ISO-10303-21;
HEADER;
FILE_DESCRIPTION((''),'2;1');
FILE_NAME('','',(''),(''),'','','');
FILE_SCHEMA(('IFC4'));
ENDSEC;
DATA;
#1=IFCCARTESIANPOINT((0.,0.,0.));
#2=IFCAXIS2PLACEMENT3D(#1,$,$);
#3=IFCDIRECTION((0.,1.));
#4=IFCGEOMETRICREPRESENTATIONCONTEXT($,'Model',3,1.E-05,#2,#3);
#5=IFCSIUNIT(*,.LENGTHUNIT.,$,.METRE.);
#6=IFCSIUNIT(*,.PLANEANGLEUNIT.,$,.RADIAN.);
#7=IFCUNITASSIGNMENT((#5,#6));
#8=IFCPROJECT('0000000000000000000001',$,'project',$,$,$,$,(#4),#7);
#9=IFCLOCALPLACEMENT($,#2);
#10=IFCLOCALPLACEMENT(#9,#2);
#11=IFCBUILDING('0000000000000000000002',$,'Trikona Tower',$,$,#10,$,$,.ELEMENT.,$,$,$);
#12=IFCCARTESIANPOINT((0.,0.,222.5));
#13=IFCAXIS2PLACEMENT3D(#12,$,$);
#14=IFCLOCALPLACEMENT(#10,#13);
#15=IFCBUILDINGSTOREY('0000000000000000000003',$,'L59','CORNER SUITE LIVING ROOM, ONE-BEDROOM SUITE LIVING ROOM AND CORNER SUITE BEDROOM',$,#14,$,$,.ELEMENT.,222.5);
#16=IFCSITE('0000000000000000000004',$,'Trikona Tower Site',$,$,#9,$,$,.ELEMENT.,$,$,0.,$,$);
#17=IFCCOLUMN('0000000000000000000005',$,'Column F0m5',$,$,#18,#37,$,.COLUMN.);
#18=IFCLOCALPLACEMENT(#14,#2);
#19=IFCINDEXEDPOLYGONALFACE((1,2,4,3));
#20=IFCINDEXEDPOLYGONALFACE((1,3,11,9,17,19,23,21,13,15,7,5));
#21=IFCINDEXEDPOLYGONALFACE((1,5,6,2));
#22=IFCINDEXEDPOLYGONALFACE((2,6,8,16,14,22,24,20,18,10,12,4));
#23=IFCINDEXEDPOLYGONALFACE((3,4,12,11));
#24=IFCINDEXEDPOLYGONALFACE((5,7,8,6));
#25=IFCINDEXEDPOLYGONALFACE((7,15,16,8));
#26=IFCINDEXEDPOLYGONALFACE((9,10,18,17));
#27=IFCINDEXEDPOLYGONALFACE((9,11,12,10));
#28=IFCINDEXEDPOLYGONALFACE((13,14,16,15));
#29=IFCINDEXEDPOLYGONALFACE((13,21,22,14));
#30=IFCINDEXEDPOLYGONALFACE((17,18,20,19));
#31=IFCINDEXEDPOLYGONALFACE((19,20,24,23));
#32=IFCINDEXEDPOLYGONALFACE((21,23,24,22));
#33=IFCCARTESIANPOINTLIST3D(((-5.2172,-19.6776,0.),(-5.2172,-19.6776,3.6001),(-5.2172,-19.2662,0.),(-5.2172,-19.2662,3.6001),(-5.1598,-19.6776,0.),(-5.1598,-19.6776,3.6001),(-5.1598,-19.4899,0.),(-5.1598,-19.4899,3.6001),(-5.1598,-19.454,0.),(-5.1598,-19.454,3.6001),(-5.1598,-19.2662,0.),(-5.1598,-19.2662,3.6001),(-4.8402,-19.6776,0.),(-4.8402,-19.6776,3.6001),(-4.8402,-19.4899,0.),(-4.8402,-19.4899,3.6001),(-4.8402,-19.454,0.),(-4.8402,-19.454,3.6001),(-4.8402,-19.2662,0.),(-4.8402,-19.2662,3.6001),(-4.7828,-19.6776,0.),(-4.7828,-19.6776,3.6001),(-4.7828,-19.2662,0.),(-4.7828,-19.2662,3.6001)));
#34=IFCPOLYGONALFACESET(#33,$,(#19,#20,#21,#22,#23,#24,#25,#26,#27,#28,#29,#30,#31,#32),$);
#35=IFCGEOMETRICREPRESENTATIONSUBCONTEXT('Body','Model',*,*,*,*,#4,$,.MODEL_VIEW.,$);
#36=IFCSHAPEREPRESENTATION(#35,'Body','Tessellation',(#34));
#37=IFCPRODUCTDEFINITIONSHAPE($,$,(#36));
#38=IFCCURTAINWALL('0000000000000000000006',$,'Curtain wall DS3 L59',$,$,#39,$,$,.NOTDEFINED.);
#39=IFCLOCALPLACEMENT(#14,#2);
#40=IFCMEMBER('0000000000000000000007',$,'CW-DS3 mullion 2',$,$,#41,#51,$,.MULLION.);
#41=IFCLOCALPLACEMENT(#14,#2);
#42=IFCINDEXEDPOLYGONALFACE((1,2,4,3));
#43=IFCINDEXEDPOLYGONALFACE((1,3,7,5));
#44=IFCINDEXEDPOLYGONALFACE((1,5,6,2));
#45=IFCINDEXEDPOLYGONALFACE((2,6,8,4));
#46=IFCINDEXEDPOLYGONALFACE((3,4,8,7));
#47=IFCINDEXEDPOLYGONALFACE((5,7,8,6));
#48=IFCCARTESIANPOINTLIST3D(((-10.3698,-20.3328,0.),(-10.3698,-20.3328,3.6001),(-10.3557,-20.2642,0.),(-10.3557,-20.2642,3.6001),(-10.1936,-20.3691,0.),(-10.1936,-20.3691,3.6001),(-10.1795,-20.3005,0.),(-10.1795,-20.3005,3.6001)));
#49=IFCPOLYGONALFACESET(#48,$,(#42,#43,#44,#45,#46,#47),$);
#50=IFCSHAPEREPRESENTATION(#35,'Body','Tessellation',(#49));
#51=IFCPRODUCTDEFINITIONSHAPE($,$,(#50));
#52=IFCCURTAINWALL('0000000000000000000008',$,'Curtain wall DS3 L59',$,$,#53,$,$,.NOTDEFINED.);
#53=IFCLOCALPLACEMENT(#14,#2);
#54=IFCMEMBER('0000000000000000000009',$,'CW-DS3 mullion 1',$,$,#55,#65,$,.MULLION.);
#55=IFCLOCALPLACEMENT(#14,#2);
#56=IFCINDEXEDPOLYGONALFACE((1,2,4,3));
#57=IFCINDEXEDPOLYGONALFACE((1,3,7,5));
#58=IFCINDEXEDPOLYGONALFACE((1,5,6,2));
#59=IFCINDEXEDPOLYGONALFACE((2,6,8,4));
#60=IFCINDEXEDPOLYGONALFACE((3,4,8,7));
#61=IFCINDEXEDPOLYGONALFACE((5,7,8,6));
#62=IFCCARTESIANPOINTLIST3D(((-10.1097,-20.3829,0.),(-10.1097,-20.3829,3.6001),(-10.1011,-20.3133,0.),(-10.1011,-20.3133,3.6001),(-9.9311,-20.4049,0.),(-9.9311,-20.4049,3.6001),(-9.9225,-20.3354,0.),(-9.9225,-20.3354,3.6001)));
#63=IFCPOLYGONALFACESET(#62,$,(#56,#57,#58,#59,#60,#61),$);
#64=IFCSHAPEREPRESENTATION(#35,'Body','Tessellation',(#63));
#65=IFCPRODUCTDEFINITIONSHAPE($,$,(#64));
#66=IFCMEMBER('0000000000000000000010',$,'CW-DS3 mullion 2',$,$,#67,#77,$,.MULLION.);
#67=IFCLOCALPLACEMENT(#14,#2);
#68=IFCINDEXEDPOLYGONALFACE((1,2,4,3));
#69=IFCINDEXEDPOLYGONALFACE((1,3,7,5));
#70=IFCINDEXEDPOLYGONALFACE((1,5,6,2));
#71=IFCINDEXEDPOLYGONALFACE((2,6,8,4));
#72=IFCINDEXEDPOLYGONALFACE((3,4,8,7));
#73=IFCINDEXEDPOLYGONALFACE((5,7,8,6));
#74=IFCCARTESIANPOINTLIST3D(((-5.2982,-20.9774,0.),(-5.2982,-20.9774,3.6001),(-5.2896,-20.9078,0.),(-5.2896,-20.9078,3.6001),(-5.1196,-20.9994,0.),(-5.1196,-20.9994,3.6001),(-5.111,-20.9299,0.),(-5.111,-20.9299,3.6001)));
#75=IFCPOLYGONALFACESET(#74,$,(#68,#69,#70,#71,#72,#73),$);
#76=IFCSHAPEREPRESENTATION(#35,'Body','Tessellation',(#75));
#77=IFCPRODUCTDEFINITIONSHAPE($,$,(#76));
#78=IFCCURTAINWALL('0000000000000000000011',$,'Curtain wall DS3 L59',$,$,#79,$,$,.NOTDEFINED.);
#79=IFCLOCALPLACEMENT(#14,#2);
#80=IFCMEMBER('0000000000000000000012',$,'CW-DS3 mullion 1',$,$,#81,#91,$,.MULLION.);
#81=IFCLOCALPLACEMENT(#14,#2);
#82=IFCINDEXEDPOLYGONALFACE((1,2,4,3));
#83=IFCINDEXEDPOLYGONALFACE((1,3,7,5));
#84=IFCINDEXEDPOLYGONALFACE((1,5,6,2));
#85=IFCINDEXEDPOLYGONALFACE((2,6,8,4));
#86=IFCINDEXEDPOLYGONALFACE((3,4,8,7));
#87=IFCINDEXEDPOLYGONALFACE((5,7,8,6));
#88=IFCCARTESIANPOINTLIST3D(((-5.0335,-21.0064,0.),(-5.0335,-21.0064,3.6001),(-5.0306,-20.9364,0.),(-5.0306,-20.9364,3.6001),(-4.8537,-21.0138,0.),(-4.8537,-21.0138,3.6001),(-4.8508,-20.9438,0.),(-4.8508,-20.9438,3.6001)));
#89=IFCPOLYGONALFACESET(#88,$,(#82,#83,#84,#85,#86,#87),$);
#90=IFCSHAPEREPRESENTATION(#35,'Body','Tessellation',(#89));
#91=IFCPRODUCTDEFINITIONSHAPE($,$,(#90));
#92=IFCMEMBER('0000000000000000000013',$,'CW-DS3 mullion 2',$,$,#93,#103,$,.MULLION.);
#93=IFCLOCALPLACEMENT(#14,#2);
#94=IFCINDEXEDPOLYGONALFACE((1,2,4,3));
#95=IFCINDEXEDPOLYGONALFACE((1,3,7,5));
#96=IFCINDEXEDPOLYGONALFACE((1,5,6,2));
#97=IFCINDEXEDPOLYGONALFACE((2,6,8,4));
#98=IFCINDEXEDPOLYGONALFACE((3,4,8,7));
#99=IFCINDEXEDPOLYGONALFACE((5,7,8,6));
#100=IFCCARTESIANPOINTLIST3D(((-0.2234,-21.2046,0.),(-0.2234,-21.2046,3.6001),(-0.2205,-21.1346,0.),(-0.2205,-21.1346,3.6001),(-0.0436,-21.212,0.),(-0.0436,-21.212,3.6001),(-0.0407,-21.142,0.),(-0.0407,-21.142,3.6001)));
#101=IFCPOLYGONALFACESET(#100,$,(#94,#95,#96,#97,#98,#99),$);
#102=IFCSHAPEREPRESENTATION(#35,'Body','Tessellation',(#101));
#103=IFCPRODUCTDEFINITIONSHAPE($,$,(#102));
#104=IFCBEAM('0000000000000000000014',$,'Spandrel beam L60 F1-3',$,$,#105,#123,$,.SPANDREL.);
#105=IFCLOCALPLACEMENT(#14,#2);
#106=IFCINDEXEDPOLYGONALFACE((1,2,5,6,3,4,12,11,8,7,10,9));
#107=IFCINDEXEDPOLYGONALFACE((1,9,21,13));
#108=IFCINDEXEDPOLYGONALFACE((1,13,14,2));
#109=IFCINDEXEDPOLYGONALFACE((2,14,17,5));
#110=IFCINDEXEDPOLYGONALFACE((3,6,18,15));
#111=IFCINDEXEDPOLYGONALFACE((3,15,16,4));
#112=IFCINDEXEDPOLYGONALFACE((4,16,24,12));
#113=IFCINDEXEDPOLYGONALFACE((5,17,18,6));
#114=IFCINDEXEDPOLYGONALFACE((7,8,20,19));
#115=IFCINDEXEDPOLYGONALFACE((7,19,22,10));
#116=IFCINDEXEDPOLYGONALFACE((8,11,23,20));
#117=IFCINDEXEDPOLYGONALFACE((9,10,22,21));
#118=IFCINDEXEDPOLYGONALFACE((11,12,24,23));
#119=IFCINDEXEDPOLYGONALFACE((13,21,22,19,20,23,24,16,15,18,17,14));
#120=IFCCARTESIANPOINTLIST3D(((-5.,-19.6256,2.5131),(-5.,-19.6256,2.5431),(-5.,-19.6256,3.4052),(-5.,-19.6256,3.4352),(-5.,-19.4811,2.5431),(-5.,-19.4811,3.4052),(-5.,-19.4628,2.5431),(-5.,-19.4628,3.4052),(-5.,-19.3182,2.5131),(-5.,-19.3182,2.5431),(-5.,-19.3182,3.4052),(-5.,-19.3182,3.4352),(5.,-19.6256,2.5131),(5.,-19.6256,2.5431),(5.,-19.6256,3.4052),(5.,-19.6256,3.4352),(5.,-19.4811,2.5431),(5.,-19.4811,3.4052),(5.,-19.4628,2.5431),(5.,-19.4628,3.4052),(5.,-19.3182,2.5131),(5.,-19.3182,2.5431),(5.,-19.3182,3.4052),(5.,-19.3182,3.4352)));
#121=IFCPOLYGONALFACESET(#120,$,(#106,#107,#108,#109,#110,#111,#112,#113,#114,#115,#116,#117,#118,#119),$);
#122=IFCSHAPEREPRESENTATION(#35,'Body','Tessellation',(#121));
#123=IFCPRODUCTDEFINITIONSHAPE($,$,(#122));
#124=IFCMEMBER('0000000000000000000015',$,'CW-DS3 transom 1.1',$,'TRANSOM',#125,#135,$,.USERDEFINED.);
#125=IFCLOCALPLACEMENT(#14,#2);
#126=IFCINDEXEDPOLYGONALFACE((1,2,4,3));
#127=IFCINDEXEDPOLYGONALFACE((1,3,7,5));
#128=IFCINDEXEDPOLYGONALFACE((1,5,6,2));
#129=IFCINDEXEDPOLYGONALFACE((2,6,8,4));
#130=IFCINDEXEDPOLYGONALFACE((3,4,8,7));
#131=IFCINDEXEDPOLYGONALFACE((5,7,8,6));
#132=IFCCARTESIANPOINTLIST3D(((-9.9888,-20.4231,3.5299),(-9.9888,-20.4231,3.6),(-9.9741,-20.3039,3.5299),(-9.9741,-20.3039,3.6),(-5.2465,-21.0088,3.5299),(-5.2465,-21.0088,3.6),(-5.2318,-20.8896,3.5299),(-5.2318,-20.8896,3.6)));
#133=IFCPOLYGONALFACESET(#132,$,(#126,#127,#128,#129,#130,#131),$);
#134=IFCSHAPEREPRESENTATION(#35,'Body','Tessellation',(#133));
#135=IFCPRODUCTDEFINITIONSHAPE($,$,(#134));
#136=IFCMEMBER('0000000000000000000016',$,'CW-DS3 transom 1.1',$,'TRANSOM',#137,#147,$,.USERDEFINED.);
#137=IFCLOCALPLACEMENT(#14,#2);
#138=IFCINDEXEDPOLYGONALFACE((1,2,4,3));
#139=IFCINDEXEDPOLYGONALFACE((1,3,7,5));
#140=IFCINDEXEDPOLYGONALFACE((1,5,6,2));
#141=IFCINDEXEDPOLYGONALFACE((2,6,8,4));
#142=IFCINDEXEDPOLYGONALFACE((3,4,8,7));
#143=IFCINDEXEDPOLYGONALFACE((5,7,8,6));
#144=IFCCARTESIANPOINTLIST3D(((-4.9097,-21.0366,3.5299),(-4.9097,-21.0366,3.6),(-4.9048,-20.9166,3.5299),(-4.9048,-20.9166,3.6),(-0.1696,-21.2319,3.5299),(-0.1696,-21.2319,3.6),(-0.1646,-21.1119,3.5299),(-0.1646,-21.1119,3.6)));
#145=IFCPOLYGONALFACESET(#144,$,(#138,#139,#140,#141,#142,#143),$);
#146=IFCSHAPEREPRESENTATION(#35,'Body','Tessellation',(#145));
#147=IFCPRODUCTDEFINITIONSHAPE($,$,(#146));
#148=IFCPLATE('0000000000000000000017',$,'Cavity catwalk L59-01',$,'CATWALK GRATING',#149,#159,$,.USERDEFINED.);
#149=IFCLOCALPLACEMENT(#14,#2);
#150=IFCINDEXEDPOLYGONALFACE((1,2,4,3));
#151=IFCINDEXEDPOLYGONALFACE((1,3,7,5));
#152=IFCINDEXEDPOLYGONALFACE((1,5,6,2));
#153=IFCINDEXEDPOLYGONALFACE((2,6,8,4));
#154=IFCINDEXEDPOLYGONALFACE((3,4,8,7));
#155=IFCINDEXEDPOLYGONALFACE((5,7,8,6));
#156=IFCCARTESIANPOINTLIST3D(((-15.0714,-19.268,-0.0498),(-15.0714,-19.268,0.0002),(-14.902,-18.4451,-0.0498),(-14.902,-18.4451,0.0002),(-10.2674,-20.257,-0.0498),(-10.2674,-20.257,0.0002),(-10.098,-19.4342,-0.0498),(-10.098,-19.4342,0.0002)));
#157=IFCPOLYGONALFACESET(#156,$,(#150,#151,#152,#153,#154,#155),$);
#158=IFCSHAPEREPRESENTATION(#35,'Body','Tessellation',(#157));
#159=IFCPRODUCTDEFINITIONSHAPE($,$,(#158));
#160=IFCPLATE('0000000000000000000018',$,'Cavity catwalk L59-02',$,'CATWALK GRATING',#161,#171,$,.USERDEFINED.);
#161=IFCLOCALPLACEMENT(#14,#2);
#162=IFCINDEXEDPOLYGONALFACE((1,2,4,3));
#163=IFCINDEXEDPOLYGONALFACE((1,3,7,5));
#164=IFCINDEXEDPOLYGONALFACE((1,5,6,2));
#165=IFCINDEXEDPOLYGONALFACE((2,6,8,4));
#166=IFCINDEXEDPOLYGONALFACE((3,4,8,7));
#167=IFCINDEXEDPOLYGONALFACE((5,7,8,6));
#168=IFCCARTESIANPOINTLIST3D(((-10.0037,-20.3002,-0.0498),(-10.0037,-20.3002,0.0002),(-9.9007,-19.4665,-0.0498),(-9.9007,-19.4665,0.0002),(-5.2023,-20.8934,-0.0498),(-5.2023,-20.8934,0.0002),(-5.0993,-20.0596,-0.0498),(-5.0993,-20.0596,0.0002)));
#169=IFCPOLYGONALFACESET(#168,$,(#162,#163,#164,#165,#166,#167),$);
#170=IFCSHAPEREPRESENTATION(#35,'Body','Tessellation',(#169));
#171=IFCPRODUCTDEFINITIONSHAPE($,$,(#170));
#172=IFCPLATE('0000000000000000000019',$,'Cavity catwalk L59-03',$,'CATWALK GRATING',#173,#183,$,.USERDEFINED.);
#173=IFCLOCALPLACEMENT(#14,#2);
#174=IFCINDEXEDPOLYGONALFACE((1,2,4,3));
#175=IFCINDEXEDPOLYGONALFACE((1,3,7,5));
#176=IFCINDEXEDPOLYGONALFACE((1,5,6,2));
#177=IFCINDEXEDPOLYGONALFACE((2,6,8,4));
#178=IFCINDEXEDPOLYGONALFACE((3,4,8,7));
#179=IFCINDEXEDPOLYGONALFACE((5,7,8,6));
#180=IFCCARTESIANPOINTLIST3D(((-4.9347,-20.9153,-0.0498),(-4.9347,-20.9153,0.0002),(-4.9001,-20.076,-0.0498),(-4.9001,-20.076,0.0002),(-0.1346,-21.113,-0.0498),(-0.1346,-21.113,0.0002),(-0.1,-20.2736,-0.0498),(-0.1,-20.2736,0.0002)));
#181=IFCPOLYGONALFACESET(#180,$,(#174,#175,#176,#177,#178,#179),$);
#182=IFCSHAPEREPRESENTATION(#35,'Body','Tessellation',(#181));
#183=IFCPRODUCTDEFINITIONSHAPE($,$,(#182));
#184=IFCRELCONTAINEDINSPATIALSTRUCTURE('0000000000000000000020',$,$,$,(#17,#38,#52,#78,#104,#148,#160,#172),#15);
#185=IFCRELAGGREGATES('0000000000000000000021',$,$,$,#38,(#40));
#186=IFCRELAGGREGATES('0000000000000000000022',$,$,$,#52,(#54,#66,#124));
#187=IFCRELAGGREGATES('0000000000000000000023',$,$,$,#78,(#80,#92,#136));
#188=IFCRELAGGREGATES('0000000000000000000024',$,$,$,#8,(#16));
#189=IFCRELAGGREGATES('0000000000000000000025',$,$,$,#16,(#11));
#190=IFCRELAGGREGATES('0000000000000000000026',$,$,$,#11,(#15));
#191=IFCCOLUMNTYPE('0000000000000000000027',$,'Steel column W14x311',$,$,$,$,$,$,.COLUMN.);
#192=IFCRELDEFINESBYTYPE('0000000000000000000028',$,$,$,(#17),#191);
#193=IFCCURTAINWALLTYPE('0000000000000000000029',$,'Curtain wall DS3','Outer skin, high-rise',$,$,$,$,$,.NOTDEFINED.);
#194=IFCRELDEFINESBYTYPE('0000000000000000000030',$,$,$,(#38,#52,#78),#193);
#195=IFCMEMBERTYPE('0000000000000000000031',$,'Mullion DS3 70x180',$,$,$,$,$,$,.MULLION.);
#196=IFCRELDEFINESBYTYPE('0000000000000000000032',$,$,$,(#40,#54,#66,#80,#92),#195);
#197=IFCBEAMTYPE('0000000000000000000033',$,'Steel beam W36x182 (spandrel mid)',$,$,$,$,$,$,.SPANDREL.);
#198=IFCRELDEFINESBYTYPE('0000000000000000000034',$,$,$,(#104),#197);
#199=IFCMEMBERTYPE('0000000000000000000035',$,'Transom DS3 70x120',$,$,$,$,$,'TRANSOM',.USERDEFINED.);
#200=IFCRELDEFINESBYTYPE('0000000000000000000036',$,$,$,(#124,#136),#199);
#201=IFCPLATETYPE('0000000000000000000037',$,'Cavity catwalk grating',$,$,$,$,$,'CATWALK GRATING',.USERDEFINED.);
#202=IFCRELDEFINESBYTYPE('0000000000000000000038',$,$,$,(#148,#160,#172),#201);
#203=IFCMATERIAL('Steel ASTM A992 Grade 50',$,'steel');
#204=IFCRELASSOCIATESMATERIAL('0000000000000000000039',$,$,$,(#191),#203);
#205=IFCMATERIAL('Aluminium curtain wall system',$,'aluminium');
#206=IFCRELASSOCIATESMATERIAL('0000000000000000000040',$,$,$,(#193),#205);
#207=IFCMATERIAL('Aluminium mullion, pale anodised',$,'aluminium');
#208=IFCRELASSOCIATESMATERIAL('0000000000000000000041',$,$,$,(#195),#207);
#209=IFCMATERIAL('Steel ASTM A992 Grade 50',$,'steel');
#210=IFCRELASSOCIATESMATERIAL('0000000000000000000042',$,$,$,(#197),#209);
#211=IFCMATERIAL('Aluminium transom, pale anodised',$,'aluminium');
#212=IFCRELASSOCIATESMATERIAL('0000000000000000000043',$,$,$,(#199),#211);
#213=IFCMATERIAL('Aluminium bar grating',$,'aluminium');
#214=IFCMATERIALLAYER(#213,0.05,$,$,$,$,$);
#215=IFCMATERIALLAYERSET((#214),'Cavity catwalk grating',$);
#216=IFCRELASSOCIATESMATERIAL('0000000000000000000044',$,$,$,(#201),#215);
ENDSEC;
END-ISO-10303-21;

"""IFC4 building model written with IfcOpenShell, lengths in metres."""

from ifc_helpers import new_model, si_unit, direction, frame, origin, origin_2d, place, context, subcontext, project, spatial, rectangle, i_section, extrude, material, layer, layer_set, material_profile, profile_set, type_object, element, aggregate, save


model = new_model("IFC4")

# Units and contexts
model_context = context("Model", 3, precision=1e-05, world=origin(), true_north=direction((0.0, 1.0)))
body_context = subcontext(model_context, "Body", "Model", "MODEL_VIEW")
ifc_project = project(units=[si_unit("LENGTHUNIT", "METRE"), si_unit("PLANEANGLEUNIT", "RADIAN")], contexts=[model_context])

# Site, building, storey
site_placement = place(None, origin())
site = spatial("IfcSite", under=ifc_project, at=site_placement, Name="Trikona Tower Site", CompositionType="ELEMENT", RefElevation=0.0)
building_placement = place(site_placement, origin())
building = spatial("IfcBuilding", under=site, at=building_placement, Name="Trikona Tower", CompositionType="ELEMENT")
storey_placement = place(building_placement, frame((0.0, 0.0, 222.5)))
storey = spatial("IfcBuildingStorey", under=building, at=storey_placement, Name="L59", Description="CORNER SUITE LIVING ROOM, ONE-BEDROOM SUITE LIVING ROOM AND CORNER SUITE BEDROOM", CompositionType="ELEMENT", Elevation=222.5)

# Column
ifc_material_1 = material(Name="Steel ASTM A992 Grade 50", Category="steel")
ifc_material_profile_1 = material_profile(ifc_material_1, i_section(OverallWidth=0.4114, OverallDepth=0.4343, WebThickness=0.0359, FlangeThickness=0.0574, at=origin_2d()), Name="W14X311")
ifc_profile_set_1 = profile_set([ifc_material_profile_1], Name="Steel ASTM A992 Grade 50")
column_type = type_object("IfcColumnType", Name="Steel column W14x311", PredefinedType="COLUMN", material=ifc_profile_set_1)
column_placement = place(storey_placement, frame((-5.0, -19.4719, 0.0), z_axis=(0.0, 0.0, 1.0), x_axis=(0.0, -1.0, 0.0)))
element("IfcColumn", 1, at=column_placement, inside=storey, type_object=column_type, Name="Column F0m5", PredefinedType="COLUMN", context=body_context, shape_type="SweptSolid", body=[
    extrude(i_section(OverallWidth=0.4114, OverallDepth=0.4343, WebThickness=0.0359, FlangeThickness=0.0574, at=origin_2d()), origin(), (0.0, 0.0, 1.0), 3.6001),
])

# Curtain wall, member
ifc_material_2 = material(Name="Aluminium curtain wall system", Category="aluminium")
curtain_wall_type = type_object("IfcCurtainWallType", Name="Curtain wall DS3", Description="Outer skin, high-rise", PredefinedType="NOTDEFINED", material=ifc_material_2)
curtain_wall_1_placement = place(storey_placement, origin())
curtain_wall_1 = element("IfcCurtainWall", 2, at=curtain_wall_1_placement, inside=storey, type_object=curtain_wall_type, Name="Curtain wall DS3 L59", PredefinedType="NOTDEFINED")
ifc_material_3 = material(Name="Aluminium mullion, pale anodised", Category="aluminium")
ifc_material_profile_2 = material_profile(ifc_material_3, rectangle(XDim=0.0701, YDim=0.1799, at=origin_2d()), Name="MUL-DS3")
ifc_profile_set_2 = profile_set([ifc_material_profile_2], Name="Aluminium mullion, pale anodised")
member_type_1 = type_object("IfcMemberType", Name="Mullion DS3 70x180", PredefinedType="MULLION", material=ifc_profile_set_2)
member_1_placement = place(storey_placement, frame((-10.2747, -20.3167, 0.0), z_axis=(0.0, 0.0, 1.0), x_axis=(0.201653, 0.979457, 0.0)))
member_1 = element("IfcMember", 3, at=member_1_placement, type_object=member_type_1, Name="CW-DS3 mullion 2", PredefinedType="MULLION", context=body_context, shape_type="SweptSolid", body=[
    extrude(rectangle(XDim=0.0701, YDim=0.1799, at=origin_2d()), origin(), (0.0, 0.0, 1.0), 3.6001),
])

# Curtain walls, members
curtain_wall_2_placement = place(storey_placement, origin())
curtain_wall_2 = element("IfcCurtainWall", 4, at=curtain_wall_2_placement, inside=storey, type_object=curtain_wall_type, Name="Curtain wall DS3 L59", PredefinedType="NOTDEFINED")
member_2_placement = place(storey_placement, frame((-10.0161, -20.3591, 0.0), z_axis=(0.0, 0.0, 1.0), x_axis=(0.122611, 0.992455, 0.0)))
member_2 = element("IfcMember", 5, at=member_2_placement, type_object=member_type_1, Name="CW-DS3 mullion 1", PredefinedType="MULLION", context=body_context, shape_type="SweptSolid", body=[
    extrude(rectangle(XDim=0.0701, YDim=0.1799, at=origin_2d()), origin(), (0.0, 0.0, 1.0), 3.6001),
])
member_3_placement = place(storey_placement, frame((-5.2046, -20.9536, 0.0), z_axis=(0.0, 0.0, 1.0), x_axis=(0.122611, 0.992455, 0.0)))
member_3 = element("IfcMember", 6, at=member_3_placement, type_object=member_type_1, Name="CW-DS3 mullion 2", PredefinedType="MULLION", context=body_context, shape_type="SweptSolid", body=[
    extrude(rectangle(XDim=0.0701, YDim=0.1799, at=origin_2d()), origin(), (0.0, 0.0, 1.0), 3.6001),
])
curtain_wall_3_placement = place(storey_placement, origin())
curtain_wall_3 = element("IfcCurtainWall", 7, at=curtain_wall_3_placement, inside=storey, type_object=curtain_wall_type, Name="Curtain wall DS3 L59", PredefinedType="NOTDEFINED")
member_4_placement = place(storey_placement, frame((-4.9421, -20.9751, 0.0), z_axis=(0.0, 0.0, 1.0), x_axis=(0.041153, 0.999153, 0.0)))
member_4 = element("IfcMember", 8, at=member_4_placement, type_object=member_type_1, Name="CW-DS3 mullion 1", PredefinedType="MULLION", context=body_context, shape_type="SweptSolid", body=[
    extrude(rectangle(XDim=0.0701, YDim=0.1799, at=origin_2d()), origin(), (0.0, 0.0, 1.0), 3.6001),
])
member_5_placement = place(storey_placement, frame((-0.1321, -21.1733, 0.0), z_axis=(0.0, 0.0, 1.0), x_axis=(0.041153, 0.999153, 0.0)))
member_5 = element("IfcMember", 9, at=member_5_placement, type_object=member_type_1, Name="CW-DS3 mullion 2", PredefinedType="MULLION", context=body_context, shape_type="SweptSolid", body=[
    extrude(rectangle(XDim=0.0701, YDim=0.1799, at=origin_2d()), origin(), (0.0, 0.0, 1.0), 3.6001),
])

# Beam
ifc_material_4 = material(Name="Steel ASTM A992 Grade 50", Category="steel")
ifc_material_profile_3 = material_profile(ifc_material_4, i_section(OverallWidth=0.3074, OverallDepth=0.9221, WebThickness=0.0183, FlangeThickness=0.03, at=origin_2d()), Name="W36X182")
ifc_profile_set_3 = profile_set([ifc_material_profile_3], Name="Steel ASTM A992 Grade 50")
beam_type = type_object("IfcBeamType", Name="Steel beam W36x182 (spandrel mid)", PredefinedType="SPANDREL", material=ifc_profile_set_3)
beam_placement = place(storey_placement, frame((-5.0, -19.4719, 2.9741), z_axis=(1.0, 0.0, 0.0), x_axis=(0.0, 1.0, 0.0)))
element("IfcBeam", 10, at=beam_placement, inside=storey, type_object=beam_type, Name="Spandrel beam L60 F1-3", PredefinedType="SPANDREL", context=body_context, shape_type="SweptSolid", body=[
    extrude(i_section(OverallWidth=0.3074, OverallDepth=0.9221, WebThickness=0.0183, FlangeThickness=0.03, at=origin_2d()), origin(), (0.0, 0.0, 1.0), 10.0),
])

# Members
ifc_material_5 = material(Name="Aluminium transom, pale anodised", Category="aluminium")
ifc_material_profile_4 = material_profile(ifc_material_5, rectangle(XDim=0.1201, YDim=0.0701, at=origin_2d()), Name="TRN-DS3")
ifc_profile_set_4 = profile_set([ifc_material_profile_4], Name="Aluminium transom, pale anodised")
member_type_2 = type_object("IfcMemberType", Name="Transom DS3 70x120", ElementType="TRANSOM", PredefinedType="USERDEFINED", material=ifc_profile_set_4)
member_6_placement = place(storey_placement, frame((-9.9814, -20.3635, 3.5649), z_axis=(0.992459, -0.122576, 0.0), x_axis=(0.122576, 0.992459, 0.0)))
member_6 = element("IfcMember", 11, at=member_6_placement, type_object=member_type_2, Name="CW-DS3 transom 1.1", ObjectType="TRANSOM", PredefinedType="USERDEFINED", context=body_context, shape_type="SweptSolid", body=[
    extrude(rectangle(XDim=0.1201, YDim=0.0701, at=origin_2d()), origin(), (0.0, 0.0, 1.0), 4.7783),
])
member_7_placement = place(storey_placement, frame((-4.9072, -20.9766, 3.5649), z_axis=(0.999152, -0.041168, 0.0), x_axis=(0.041168, 0.999152, 0.0)))
member_7 = element("IfcMember", 12, at=member_7_placement, type_object=member_type_2, Name="CW-DS3 transom 1.1", ObjectType="TRANSOM", PredefinedType="USERDEFINED", context=body_context, shape_type="SweptSolid", body=[
    extrude(rectangle(XDim=0.1201, YDim=0.0701, at=origin_2d()), origin(), (0.0, 0.0, 1.0), 4.7441),
])

# Plates
ifc_material_6 = material(Name="Aluminium bar grating", Category="aluminium")
ifc_layer_1 = layer(ifc_material_6, 0.05)
ifc_layer_set_1 = layer_set([ifc_layer_1], Name="Cavity catwalk grating")
plate_type_1 = type_object("IfcPlateType", Name="Cavity catwalk grating", ElementType="CATWALK GRATING", PredefinedType="USERDEFINED", material=ifc_layer_set_1)
plate_1_placement = place(storey_placement, frame((-12.5847, -19.3511, -0.0498), z_axis=(0.0, 0.0, 1.0), x_axis=(0.979458, -0.201651, 0.0)))
element("IfcPlate", 13, at=plate_1_placement, inside=storey, type_object=plate_type_1, Name="Cavity catwalk L59-01", ObjectType="CATWALK GRATING", PredefinedType="USERDEFINED", context=body_context, shape_type="SweptSolid", body=[
    extrude(rectangle(XDim=4.9048, YDim=0.8401, at=origin_2d()), origin(), (0.0, 0.0, 1.0), 0.05),
])
plate_2_placement = place(storey_placement, frame((-7.5515, -20.1799, -0.0498), z_axis=(0.0, 0.0, 1.0), x_axis=(0.992455, -0.122607, 0.0)))
element("IfcPlate", 14, at=plate_2_placement, inside=storey, type_object=plate_type_1, Name="Cavity catwalk L59-02", ObjectType="CATWALK GRATING", PredefinedType="USERDEFINED", context=body_context, shape_type="SweptSolid", body=[
    extrude(rectangle(XDim=4.8379, YDim=0.8401, at=origin_2d()), origin(), (0.0, 0.0, 1.0), 0.05),
])
plate_3_placement = place(storey_placement, frame((-2.5173, -20.5945, -0.0498), z_axis=(0.0, 0.0, 1.0), x_axis=(0.999153, -0.041145, 0.0)))
element("IfcPlate", 15, at=plate_3_placement, inside=storey, type_object=plate_type_1, Name="Cavity catwalk L59-03", ObjectType="CATWALK GRATING", PredefinedType="USERDEFINED", context=body_context, shape_type="SweptSolid", body=[
    extrude(rectangle(XDim=4.8042, YDim=0.8401, at=origin_2d()), origin(), (0.0, 0.0, 1.0), 0.05),
])

aggregate(curtain_wall_1, [member_1])
aggregate(curtain_wall_2, [member_2, member_3, member_6])
aggregate(curtain_wall_3, [member_4, member_5, member_7])

save(model, "model.ifc")
